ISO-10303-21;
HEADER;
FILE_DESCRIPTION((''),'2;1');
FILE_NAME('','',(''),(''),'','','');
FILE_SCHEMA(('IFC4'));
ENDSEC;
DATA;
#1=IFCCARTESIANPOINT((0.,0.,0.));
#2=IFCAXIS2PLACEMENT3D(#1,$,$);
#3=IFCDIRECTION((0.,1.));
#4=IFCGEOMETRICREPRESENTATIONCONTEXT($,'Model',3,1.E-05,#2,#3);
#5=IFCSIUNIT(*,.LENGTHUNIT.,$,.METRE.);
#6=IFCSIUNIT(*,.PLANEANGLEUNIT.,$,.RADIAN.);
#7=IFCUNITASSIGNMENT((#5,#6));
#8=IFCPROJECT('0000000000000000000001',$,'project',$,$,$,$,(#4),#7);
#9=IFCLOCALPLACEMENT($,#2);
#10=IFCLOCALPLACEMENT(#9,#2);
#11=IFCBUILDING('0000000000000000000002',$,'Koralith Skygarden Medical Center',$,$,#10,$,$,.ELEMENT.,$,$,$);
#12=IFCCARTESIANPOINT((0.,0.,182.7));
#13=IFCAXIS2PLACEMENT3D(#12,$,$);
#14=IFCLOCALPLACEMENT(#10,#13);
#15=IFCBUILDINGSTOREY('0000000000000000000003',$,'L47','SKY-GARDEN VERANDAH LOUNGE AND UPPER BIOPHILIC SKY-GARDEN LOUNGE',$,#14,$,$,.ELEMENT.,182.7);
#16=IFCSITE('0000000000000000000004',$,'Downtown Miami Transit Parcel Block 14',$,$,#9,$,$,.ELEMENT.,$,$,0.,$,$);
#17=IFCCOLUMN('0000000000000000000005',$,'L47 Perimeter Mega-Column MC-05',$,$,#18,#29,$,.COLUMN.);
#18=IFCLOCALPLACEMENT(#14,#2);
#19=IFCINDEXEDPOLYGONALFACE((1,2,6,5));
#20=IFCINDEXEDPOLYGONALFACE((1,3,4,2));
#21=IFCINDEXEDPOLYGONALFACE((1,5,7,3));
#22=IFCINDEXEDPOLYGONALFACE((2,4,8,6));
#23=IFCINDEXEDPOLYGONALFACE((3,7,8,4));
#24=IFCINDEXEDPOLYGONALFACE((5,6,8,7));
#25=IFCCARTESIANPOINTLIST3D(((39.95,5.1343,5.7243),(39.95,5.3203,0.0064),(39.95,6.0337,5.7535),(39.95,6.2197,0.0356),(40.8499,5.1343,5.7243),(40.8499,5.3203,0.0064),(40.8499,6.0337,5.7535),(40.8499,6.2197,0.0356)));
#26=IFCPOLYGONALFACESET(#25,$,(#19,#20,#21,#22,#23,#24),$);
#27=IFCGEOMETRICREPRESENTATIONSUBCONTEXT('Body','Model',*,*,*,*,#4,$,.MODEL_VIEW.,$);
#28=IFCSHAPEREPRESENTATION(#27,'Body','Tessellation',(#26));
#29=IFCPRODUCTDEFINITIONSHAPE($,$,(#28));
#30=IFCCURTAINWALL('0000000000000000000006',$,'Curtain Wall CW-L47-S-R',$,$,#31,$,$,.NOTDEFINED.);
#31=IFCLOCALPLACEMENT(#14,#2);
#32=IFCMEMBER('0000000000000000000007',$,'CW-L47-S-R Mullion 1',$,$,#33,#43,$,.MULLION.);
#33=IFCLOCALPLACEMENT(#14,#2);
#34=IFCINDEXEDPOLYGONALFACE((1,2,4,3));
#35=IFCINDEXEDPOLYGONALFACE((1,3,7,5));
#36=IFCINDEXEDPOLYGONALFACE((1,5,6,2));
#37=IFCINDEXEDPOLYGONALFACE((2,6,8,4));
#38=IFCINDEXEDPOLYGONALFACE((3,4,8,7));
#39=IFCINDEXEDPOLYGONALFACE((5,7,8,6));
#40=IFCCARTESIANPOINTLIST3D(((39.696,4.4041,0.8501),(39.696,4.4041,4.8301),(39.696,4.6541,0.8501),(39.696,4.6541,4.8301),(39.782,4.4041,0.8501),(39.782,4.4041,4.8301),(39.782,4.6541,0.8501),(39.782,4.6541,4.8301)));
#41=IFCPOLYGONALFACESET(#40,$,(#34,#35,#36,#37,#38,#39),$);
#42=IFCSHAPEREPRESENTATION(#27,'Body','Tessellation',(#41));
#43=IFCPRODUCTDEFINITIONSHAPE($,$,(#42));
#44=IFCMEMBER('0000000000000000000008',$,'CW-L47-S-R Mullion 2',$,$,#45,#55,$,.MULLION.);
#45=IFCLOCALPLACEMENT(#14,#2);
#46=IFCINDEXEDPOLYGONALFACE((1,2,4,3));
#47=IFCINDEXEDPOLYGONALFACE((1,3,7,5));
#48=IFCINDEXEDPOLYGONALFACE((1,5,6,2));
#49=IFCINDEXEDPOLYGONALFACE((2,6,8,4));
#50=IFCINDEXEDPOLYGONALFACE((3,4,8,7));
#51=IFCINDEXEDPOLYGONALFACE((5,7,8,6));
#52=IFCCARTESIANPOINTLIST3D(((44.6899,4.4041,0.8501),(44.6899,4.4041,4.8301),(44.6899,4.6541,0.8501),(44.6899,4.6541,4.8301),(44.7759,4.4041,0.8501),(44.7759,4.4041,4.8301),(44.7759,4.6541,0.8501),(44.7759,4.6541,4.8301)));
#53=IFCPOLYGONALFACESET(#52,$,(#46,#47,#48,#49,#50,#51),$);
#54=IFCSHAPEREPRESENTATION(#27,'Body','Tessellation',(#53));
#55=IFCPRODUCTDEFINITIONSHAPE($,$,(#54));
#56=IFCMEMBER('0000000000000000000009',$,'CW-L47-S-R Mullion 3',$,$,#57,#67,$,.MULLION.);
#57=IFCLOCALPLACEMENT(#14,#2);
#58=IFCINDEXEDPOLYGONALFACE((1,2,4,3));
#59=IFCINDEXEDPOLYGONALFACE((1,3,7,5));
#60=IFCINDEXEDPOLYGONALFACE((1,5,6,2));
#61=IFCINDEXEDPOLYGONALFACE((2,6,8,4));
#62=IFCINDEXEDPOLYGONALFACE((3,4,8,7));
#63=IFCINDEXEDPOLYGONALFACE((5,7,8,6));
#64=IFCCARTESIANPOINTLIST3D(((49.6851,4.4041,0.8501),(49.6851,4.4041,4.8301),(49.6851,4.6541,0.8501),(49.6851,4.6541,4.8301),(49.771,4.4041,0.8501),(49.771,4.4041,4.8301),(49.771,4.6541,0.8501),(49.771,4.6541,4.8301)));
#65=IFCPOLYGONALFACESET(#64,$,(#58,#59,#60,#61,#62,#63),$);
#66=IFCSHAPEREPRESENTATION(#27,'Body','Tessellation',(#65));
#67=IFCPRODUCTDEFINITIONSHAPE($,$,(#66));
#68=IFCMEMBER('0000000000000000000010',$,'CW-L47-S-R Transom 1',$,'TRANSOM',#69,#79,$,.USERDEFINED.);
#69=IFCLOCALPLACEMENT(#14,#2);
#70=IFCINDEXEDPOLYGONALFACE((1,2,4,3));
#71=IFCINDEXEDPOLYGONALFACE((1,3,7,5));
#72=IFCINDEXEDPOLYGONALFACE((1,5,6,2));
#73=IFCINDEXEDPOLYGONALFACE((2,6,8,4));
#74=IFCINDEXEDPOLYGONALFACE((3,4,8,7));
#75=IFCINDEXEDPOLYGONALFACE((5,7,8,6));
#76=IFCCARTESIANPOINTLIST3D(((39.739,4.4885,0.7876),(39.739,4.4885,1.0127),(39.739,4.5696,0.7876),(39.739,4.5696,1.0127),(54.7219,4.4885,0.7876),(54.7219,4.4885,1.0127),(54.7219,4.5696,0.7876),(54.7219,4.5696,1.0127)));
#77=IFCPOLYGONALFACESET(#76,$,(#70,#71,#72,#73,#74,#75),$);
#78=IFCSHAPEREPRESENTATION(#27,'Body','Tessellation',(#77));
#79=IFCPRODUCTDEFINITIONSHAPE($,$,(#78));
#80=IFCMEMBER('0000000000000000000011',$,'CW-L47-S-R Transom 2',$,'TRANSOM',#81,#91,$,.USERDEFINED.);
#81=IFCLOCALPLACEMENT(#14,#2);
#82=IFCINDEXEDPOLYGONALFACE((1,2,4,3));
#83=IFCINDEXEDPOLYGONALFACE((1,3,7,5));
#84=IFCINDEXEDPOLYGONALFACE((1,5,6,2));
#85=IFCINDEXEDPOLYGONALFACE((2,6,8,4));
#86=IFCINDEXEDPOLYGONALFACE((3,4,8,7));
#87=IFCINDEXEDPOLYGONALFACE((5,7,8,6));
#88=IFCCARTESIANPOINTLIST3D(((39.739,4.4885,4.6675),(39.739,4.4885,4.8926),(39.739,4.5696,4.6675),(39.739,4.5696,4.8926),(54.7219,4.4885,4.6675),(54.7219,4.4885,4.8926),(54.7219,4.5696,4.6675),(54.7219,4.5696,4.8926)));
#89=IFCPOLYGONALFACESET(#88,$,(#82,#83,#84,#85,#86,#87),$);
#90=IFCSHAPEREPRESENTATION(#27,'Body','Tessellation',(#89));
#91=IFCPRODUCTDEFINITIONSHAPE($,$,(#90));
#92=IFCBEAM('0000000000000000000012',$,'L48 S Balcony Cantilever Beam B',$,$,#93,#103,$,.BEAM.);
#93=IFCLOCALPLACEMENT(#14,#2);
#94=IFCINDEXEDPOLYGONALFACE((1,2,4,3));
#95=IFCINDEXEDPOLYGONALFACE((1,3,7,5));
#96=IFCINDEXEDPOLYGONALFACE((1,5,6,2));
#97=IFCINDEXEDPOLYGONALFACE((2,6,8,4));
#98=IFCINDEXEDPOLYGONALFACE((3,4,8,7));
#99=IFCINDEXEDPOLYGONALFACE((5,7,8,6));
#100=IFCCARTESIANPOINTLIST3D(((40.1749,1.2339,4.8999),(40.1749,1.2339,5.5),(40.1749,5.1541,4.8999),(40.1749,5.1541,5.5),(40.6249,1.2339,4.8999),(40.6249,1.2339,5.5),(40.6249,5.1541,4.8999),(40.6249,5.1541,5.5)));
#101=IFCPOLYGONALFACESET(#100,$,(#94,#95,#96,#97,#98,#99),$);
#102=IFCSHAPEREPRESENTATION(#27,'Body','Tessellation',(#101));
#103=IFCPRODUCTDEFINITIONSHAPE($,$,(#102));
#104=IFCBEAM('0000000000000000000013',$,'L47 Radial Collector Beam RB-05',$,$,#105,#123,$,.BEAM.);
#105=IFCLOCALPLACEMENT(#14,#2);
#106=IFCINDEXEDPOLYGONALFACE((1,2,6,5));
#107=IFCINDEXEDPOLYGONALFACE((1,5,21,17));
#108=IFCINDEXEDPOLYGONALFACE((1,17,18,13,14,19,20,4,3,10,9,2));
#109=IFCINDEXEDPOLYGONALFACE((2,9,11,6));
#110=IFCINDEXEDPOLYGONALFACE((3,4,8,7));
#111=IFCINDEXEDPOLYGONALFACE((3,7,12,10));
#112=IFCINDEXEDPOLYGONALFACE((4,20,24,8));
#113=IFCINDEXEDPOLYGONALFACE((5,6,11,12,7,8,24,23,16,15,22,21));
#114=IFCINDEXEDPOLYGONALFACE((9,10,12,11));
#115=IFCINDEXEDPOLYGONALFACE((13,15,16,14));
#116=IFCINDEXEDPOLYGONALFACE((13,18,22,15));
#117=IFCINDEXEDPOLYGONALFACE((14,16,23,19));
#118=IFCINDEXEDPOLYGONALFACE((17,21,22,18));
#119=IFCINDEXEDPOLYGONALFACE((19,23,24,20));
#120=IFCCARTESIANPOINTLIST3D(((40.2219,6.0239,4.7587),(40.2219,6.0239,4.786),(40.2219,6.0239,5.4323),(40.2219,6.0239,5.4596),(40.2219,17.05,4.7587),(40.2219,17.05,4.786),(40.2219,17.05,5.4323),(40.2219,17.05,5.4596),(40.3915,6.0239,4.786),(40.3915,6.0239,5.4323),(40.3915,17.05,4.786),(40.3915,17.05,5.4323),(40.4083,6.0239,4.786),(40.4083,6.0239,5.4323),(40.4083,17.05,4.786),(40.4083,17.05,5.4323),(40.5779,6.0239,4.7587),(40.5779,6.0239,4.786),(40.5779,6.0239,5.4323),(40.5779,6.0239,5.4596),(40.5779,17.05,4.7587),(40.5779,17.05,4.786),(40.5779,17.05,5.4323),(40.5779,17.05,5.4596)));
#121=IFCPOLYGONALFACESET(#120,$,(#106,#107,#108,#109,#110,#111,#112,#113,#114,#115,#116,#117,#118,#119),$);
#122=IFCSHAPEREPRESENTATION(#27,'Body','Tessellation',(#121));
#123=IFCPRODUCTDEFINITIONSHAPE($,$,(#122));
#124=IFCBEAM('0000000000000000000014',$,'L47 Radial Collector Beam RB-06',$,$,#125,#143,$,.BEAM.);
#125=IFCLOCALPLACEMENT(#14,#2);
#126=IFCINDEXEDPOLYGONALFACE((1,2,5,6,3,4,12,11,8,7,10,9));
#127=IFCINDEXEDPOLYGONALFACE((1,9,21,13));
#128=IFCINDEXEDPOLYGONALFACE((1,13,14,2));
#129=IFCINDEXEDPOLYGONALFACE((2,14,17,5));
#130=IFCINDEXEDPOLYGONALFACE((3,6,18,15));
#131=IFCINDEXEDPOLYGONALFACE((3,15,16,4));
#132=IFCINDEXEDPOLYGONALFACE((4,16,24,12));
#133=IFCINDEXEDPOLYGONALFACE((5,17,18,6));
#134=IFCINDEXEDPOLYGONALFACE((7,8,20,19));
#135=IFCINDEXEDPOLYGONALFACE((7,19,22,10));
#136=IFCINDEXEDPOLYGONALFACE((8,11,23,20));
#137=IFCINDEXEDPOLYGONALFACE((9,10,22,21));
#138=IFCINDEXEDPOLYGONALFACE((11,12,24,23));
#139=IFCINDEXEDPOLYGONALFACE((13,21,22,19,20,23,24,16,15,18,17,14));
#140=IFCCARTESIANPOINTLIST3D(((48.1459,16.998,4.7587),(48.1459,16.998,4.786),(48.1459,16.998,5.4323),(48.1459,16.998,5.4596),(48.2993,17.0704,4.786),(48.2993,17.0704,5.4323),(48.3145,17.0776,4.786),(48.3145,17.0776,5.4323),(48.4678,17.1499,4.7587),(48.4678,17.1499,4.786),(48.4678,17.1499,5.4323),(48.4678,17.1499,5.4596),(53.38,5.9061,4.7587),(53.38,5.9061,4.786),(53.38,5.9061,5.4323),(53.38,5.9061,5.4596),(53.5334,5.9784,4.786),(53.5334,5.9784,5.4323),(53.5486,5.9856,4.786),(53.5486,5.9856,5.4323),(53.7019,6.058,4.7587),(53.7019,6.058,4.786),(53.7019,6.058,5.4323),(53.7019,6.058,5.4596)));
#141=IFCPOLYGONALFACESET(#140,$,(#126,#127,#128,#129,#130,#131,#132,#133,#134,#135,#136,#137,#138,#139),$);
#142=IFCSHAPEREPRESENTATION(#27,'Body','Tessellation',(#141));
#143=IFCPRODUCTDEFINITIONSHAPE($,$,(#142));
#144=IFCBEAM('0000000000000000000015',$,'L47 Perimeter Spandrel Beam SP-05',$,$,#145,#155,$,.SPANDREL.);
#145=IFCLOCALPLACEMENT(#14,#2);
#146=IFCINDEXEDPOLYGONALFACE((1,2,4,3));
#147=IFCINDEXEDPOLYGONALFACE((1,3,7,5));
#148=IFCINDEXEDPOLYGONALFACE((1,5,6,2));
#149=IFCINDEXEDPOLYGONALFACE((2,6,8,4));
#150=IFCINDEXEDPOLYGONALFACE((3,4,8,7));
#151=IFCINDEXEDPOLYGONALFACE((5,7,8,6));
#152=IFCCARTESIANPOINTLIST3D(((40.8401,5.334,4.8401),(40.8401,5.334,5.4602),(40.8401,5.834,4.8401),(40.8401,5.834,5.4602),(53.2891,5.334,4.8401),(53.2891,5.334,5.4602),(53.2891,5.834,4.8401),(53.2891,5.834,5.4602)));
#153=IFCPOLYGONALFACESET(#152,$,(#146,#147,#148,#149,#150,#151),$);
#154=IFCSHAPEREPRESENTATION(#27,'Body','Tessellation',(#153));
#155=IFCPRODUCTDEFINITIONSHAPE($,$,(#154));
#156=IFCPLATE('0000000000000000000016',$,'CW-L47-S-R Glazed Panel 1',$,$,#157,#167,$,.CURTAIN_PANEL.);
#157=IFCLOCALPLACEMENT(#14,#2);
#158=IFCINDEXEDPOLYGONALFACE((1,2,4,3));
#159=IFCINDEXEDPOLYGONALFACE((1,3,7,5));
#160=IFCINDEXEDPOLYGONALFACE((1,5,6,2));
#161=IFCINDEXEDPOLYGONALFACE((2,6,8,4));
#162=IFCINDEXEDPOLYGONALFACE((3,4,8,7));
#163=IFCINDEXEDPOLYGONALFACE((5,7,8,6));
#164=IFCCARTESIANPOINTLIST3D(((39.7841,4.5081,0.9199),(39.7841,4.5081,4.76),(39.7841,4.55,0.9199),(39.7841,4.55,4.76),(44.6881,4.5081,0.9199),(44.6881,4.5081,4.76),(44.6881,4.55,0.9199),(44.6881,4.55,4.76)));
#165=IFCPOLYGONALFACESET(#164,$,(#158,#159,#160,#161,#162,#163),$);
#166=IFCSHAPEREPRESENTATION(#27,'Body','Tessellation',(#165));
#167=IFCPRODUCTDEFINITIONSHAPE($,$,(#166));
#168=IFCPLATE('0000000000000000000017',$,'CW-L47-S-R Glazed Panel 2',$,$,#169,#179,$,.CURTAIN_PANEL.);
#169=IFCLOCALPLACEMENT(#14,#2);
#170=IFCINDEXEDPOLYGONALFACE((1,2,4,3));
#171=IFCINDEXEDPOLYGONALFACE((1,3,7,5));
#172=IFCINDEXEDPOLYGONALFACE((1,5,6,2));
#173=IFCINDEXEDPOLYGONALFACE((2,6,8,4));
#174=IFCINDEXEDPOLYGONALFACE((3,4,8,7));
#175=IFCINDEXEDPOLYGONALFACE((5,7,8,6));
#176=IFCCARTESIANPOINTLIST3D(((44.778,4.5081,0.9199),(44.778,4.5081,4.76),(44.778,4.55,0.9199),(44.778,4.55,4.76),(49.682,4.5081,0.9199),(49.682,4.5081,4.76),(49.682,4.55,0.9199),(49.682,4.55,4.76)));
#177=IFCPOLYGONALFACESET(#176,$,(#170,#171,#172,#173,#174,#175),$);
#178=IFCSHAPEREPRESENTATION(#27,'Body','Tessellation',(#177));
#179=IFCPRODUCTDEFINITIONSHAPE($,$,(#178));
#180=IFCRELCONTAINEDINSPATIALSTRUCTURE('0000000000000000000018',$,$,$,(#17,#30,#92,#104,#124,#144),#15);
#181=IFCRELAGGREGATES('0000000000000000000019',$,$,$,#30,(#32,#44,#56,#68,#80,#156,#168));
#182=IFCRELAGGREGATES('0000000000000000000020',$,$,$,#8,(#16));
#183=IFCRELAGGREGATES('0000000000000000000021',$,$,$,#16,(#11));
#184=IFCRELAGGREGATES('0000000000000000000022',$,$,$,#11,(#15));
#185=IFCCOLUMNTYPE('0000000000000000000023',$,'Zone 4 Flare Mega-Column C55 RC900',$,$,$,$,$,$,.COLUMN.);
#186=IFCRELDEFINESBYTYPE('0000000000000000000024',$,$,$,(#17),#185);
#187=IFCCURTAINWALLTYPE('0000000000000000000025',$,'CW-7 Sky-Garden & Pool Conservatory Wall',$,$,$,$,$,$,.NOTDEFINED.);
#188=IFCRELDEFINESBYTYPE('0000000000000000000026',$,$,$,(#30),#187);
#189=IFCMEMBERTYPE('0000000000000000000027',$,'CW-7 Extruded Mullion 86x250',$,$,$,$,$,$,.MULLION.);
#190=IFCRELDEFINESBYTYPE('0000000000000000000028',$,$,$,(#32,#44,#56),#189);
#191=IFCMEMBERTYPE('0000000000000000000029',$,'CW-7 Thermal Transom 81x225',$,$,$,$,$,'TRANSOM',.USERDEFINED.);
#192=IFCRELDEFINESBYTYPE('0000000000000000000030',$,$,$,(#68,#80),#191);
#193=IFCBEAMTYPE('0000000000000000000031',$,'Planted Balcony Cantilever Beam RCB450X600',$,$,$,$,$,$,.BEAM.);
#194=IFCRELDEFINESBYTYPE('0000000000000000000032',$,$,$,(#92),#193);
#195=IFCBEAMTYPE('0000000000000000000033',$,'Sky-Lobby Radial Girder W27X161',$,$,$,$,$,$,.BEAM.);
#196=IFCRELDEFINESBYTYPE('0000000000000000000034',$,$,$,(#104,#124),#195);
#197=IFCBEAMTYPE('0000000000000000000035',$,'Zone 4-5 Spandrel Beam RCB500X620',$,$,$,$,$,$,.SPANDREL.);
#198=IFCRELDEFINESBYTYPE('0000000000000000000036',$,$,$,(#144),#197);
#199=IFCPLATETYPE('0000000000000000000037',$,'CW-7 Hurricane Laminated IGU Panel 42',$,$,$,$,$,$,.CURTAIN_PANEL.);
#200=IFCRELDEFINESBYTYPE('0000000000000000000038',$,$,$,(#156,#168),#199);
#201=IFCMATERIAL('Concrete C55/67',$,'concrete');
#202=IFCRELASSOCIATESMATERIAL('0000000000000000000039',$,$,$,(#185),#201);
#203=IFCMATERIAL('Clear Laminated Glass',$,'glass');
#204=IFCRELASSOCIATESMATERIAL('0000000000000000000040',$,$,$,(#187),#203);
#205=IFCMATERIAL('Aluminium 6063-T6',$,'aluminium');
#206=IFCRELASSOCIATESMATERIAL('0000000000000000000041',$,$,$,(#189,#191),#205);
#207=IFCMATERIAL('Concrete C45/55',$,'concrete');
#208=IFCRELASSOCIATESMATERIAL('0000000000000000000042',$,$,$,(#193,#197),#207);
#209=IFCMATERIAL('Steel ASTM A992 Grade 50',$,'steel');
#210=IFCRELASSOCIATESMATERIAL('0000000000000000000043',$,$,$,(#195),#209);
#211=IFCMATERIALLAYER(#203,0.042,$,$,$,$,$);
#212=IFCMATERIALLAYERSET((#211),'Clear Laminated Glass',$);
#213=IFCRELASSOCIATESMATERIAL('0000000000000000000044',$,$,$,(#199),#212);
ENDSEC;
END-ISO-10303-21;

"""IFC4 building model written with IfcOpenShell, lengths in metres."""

from ifc_helpers import new_model, si_unit, direction, frame, origin, origin_2d, place, context, subcontext, project, spatial, rectangle, i_section, extrude, material, layer, layer_set, material_profile, profile_set, type_object, element, aggregate, save


model = new_model("IFC4")

# Units and contexts
model_context = context("Model", 3, precision=1e-05, world=origin(), true_north=direction((0.0, 1.0)))
body_context = subcontext(model_context, "Body", "Model", "MODEL_VIEW")
ifc_project = project(units=[si_unit("LENGTHUNIT", "METRE"), si_unit("PLANEANGLEUNIT", "RADIAN")], contexts=[model_context])

# Site, building, storey
site_placement = place(None, origin())
site = spatial("IfcSite", under=ifc_project, at=site_placement, Name="Downtown Miami Transit Parcel Block 14", CompositionType="ELEMENT", RefElevation=0.0)
building_placement = place(site_placement, origin())
building = spatial("IfcBuilding", under=site, at=building_placement, Name="Koralith Skygarden Medical Center", CompositionType="ELEMENT")
storey_placement = place(building_placement, frame((0.0, 0.0, 182.7)))
storey = spatial("IfcBuildingStorey", under=building, at=storey_placement, Name="L47", Description="SKY-GARDEN VERANDAH LOUNGE AND UPPER BIOPHILIC SKY-GARDEN LOUNGE", CompositionType="ELEMENT", Elevation=182.7)

# Column
ifc_material_1 = material(Name="Concrete C55/67", Category="concrete")
ifc_material_profile_1 = material_profile(ifc_material_1, rectangle(XDim=0.8999, YDim=0.8999, at=origin_2d()), Name="RC900X900")
ifc_profile_set_1 = profile_set([ifc_material_profile_1], Name="Concrete C55/67")
column_type = type_object("IfcColumnType", Name="Zone 4 Flare Mega-Column C55 RC900", PredefinedType="COLUMN", material=ifc_profile_set_1)
column_placement = place(storey_placement, frame((40.3999, 5.77, 0.021), z_axis=(0.0, -0.032518, 0.999471), x_axis=(1.0, 0.0, 0.0)))
element("IfcColumn", 1, at=column_placement, inside=storey, type_object=column_type, Name="L47 Perimeter Mega-Column MC-05", PredefinedType="COLUMN", context=body_context, shape_type="SweptSolid", body=[
    extrude(rectangle(XDim=0.8999, YDim=0.8999, at=origin_2d()), origin(), (0.0, 0.0, 1.0), 5.7209),
])

# Curtain wall, members
ifc_material_2 = material(Name="Clear Laminated Glass", Category="glass")
curtain_wall_type = type_object("IfcCurtainWallType", Name="CW-7 Sky-Garden & Pool Conservatory Wall", PredefinedType="NOTDEFINED", material=ifc_material_2)
curtain_wall_placement = place(storey_placement, origin())
curtain_wall = element("IfcCurtainWall", 2, at=curtain_wall_placement, inside=storey, type_object=curtain_wall_type, Name="Curtain Wall CW-L47-S-R", PredefinedType="NOTDEFINED")
ifc_material_3 = material(Name="Aluminium 6063-T6", Category="aluminium")
ifc_material_profile_2 = material_profile(ifc_material_3, rectangle(XDim=0.0859, YDim=0.25, at=origin_2d()), Name="MUL86X250")
ifc_profile_set_2 = profile_set([ifc_material_profile_2], Name="Aluminium 6063-T6")
member_type_1 = type_object("IfcMemberType", Name="CW-7 Extruded Mullion 86x250", PredefinedType="MULLION", material=ifc_profile_set_2)
member_1_placement = place(storey_placement, frame((39.739, 4.5291, 0.8501), z_axis=(0.0, 0.0, 1.0), x_axis=(1.0, 0.0, 0.0)))
member_1 = element("IfcMember", 3, at=member_1_placement, type_object=member_type_1, Name="CW-L47-S-R Mullion 1", PredefinedType="MULLION", context=body_context, shape_type="SweptSolid", body=[
    extrude(rectangle(XDim=0.0859, YDim=0.25, at=origin_2d()), origin(), (0.0, 0.0, 1.0), 3.98),
])
member_2_placement = place(storey_placement, frame((44.7329, 4.5291, 0.8501), z_axis=(0.0, 0.0, 1.0), x_axis=(1.0, 0.0, 0.0)))
member_2 = element("IfcMember", 4, at=member_2_placement, type_object=member_type_1, Name="CW-L47-S-R Mullion 2", PredefinedType="MULLION", context=body_context, shape_type="SweptSolid", body=[
    extrude(rectangle(XDim=0.0859, YDim=0.25, at=origin_2d()), origin(), (0.0, 0.0, 1.0), 3.98),
])
member_3_placement = place(storey_placement, frame((49.728, 4.5291, 0.8501), z_axis=(0.0, 0.0, 1.0), x_axis=(1.0, 0.0, 0.0)))
member_3 = element("IfcMember", 5, at=member_3_placement, type_object=member_type_1, Name="CW-L47-S-R Mullion 3", PredefinedType="MULLION", context=body_context, shape_type="SweptSolid", body=[
    extrude(rectangle(XDim=0.0859, YDim=0.25, at=origin_2d()), origin(), (0.0, 0.0, 1.0), 3.98),
])
ifc_material_profile_3 = material_profile(ifc_material_3, rectangle(XDim=0.0811, YDim=0.2251, at=origin_2d()), Name="TRN81X225")
ifc_profile_set_3 = profile_set([ifc_material_profile_3], Name="Aluminium 6063-T6")
member_type_2 = type_object("IfcMemberType", Name="CW-7 Thermal Transom 81x225", ElementType="TRANSOM", PredefinedType="USERDEFINED", material=ifc_profile_set_3)
member_4_placement = place(storey_placement, frame((39.739, 4.5291, 0.9001), z_axis=(1.0, 0.0, 0.0), x_axis=(0.0, 1.0, 0.0)))
member_4 = element("IfcMember", 6, at=member_4_placement, type_object=member_type_2, Name="CW-L47-S-R Transom 1", ObjectType="TRANSOM", PredefinedType="USERDEFINED", context=body_context, shape_type="SweptSolid", body=[
    extrude(rectangle(XDim=0.0811, YDim=0.2251, at=origin_2d()), origin(), (0.0, 0.0, 1.0), 14.9829),
])
member_5_placement = place(storey_placement, frame((39.739, 4.5291, 4.78), z_axis=(1.0, 0.0, 0.0), x_axis=(0.0, 1.0, 0.0)))
member_5 = element("IfcMember", 7, at=member_5_placement, type_object=member_type_2, Name="CW-L47-S-R Transom 2", ObjectType="TRANSOM", PredefinedType="USERDEFINED", context=body_context, shape_type="SweptSolid", body=[
    extrude(rectangle(XDim=0.0811, YDim=0.2251, at=origin_2d()), origin(), (0.0, 0.0, 1.0), 14.9829),
])

# Beams
ifc_material_4 = material(Name="Concrete C45/55", Category="concrete")
ifc_material_profile_4 = material_profile(ifc_material_4, rectangle(XDim=0.45, YDim=0.6001, at=origin_2d()), Name="RCB450X600")
ifc_profile_set_4 = profile_set([ifc_material_profile_4], Name="Concrete C45/55")
beam_type_1 = type_object("IfcBeamType", Name="Planted Balcony Cantilever Beam RCB450X600", PredefinedType="BEAM", material=ifc_profile_set_4)
beam_1_placement = place(storey_placement, frame((40.3999, 5.1541, 5.2), z_axis=(0.0, -1.0, 0.0), x_axis=(1.0, 0.0, 0.0)))
element("IfcBeam", 8, at=beam_1_placement, inside=storey, type_object=beam_type_1, Name="L48 S Balcony Cantilever Beam B", PredefinedType="BEAM", context=body_context, shape_type="SweptSolid", body=[
    extrude(rectangle(XDim=0.45, YDim=0.6001, at=origin_2d()), origin(), (0.0, 0.0, 1.0), 3.9202),
])
ifc_material_5 = material(Name="Steel ASTM A992 Grade 50", Category="steel")
ifc_material_profile_5 = material_profile(ifc_material_5, i_section(OverallWidth=0.356, OverallDepth=0.7009, WebThickness=0.0168, FlangeThickness=0.0273, at=origin_2d()), Name="W27X161")
ifc_profile_set_5 = profile_set([ifc_material_profile_5], Name="Steel ASTM A992 Grade 50")
beam_type_2 = type_object("IfcBeamType", Name="Sky-Lobby Radial Girder W27X161", PredefinedType="BEAM", material=ifc_profile_set_5)
beam_2_placement = place(storey_placement, frame((40.3999, 17.05, 5.1091), z_axis=(0.0, -1.0, 0.0), x_axis=(1.0, 0.0, 0.0)))
element("IfcBeam", 9, at=beam_2_placement, inside=storey, type_object=beam_type_2, Name="L47 Radial Collector Beam RB-05", PredefinedType="BEAM", context=body_context, shape_type="SweptSolid", body=[
    extrude(i_section(OverallWidth=0.356, OverallDepth=0.7009, WebThickness=0.0168, FlangeThickness=0.0273, at=origin_2d()), origin(), (0.0, 0.0, 1.0), 11.0261),
])
beam_3_placement = place(storey_placement, frame((48.3069, 17.074, 5.1091), z_axis=(0.426754, -0.904368, 0.0), x_axis=(0.904368, 0.426754, 0.0)))
element("IfcBeam", 10, at=beam_3_placement, inside=storey, type_object=beam_type_2, Name="L47 Radial Collector Beam RB-06", PredefinedType="BEAM", context=body_context, shape_type="SweptSolid", body=[
    extrude(i_section(OverallWidth=0.356, OverallDepth=0.7009, WebThickness=0.0168, FlangeThickness=0.0273, at=origin_2d()), origin(), (0.0, 0.0, 1.0), 12.2649),
])
ifc_material_profile_6 = material_profile(ifc_material_4, rectangle(XDim=0.5, YDim=0.6201, at=origin_2d()), Name="RCB500X620")
ifc_profile_set_6 = profile_set([ifc_material_profile_6], Name="Concrete C45/55")
beam_type_3 = type_object("IfcBeamType", Name="Zone 4-5 Spandrel Beam RCB500X620", PredefinedType="SPANDREL", material=ifc_profile_set_6)
beam_4_placement = place(storey_placement, frame((40.8401, 5.584, 5.1501), z_axis=(1.0, 0.0, 0.0), x_axis=(0.0, 1.0, 0.0)))
element("IfcBeam", 11, at=beam_4_placement, inside=storey, type_object=beam_type_3, Name="L47 Perimeter Spandrel Beam SP-05", PredefinedType="SPANDREL", context=body_context, shape_type="SweptSolid", body=[
    extrude(rectangle(XDim=0.5, YDim=0.6201, at=origin_2d()), origin(), (0.0, 0.0, 1.0), 12.449),
])

# Plates
ifc_layer_1 = layer(ifc_material_2, 0.042)
ifc_layer_set_1 = layer_set([ifc_layer_1], Name="Clear Laminated Glass")
plate_type = type_object("IfcPlateType", Name="CW-7 Hurricane Laminated IGU Panel 42", PredefinedType="CURTAIN_PANEL", material=ifc_layer_set_1)
plate_1_placement = place(storey_placement, frame((42.2361, 4.5291, 0.9199), z_axis=(0.0, 0.0, 1.0), x_axis=(1.0, 0.0, 0.0)))
plate_1 = element("IfcPlate", 12, at=plate_1_placement, type_object=plate_type, Name="CW-L47-S-R Glazed Panel 1", PredefinedType="CURTAIN_PANEL", context=body_context, shape_type="SweptSolid", body=[
    extrude(rectangle(XDim=4.9041, YDim=0.042, at=origin_2d()), origin(), (0.0, 0.0, 1.0), 3.8401),
])
plate_2_placement = place(storey_placement, frame((47.23, 4.5291, 0.9199), z_axis=(0.0, 0.0, 1.0), x_axis=(1.0, 0.0, 0.0)))
plate_2 = element("IfcPlate", 13, at=plate_2_placement, type_object=plate_type, Name="CW-L47-S-R Glazed Panel 2", PredefinedType="CURTAIN_PANEL", context=body_context, shape_type="SweptSolid", body=[
    extrude(rectangle(XDim=4.9041, YDim=0.042, at=origin_2d()), origin(), (0.0, 0.0, 1.0), 3.8401),
])
aggregate(curtain_wall, [member_1, member_2, member_3, member_4, member_5, plate_1, plate_2])

save(model, "model.ifc")
